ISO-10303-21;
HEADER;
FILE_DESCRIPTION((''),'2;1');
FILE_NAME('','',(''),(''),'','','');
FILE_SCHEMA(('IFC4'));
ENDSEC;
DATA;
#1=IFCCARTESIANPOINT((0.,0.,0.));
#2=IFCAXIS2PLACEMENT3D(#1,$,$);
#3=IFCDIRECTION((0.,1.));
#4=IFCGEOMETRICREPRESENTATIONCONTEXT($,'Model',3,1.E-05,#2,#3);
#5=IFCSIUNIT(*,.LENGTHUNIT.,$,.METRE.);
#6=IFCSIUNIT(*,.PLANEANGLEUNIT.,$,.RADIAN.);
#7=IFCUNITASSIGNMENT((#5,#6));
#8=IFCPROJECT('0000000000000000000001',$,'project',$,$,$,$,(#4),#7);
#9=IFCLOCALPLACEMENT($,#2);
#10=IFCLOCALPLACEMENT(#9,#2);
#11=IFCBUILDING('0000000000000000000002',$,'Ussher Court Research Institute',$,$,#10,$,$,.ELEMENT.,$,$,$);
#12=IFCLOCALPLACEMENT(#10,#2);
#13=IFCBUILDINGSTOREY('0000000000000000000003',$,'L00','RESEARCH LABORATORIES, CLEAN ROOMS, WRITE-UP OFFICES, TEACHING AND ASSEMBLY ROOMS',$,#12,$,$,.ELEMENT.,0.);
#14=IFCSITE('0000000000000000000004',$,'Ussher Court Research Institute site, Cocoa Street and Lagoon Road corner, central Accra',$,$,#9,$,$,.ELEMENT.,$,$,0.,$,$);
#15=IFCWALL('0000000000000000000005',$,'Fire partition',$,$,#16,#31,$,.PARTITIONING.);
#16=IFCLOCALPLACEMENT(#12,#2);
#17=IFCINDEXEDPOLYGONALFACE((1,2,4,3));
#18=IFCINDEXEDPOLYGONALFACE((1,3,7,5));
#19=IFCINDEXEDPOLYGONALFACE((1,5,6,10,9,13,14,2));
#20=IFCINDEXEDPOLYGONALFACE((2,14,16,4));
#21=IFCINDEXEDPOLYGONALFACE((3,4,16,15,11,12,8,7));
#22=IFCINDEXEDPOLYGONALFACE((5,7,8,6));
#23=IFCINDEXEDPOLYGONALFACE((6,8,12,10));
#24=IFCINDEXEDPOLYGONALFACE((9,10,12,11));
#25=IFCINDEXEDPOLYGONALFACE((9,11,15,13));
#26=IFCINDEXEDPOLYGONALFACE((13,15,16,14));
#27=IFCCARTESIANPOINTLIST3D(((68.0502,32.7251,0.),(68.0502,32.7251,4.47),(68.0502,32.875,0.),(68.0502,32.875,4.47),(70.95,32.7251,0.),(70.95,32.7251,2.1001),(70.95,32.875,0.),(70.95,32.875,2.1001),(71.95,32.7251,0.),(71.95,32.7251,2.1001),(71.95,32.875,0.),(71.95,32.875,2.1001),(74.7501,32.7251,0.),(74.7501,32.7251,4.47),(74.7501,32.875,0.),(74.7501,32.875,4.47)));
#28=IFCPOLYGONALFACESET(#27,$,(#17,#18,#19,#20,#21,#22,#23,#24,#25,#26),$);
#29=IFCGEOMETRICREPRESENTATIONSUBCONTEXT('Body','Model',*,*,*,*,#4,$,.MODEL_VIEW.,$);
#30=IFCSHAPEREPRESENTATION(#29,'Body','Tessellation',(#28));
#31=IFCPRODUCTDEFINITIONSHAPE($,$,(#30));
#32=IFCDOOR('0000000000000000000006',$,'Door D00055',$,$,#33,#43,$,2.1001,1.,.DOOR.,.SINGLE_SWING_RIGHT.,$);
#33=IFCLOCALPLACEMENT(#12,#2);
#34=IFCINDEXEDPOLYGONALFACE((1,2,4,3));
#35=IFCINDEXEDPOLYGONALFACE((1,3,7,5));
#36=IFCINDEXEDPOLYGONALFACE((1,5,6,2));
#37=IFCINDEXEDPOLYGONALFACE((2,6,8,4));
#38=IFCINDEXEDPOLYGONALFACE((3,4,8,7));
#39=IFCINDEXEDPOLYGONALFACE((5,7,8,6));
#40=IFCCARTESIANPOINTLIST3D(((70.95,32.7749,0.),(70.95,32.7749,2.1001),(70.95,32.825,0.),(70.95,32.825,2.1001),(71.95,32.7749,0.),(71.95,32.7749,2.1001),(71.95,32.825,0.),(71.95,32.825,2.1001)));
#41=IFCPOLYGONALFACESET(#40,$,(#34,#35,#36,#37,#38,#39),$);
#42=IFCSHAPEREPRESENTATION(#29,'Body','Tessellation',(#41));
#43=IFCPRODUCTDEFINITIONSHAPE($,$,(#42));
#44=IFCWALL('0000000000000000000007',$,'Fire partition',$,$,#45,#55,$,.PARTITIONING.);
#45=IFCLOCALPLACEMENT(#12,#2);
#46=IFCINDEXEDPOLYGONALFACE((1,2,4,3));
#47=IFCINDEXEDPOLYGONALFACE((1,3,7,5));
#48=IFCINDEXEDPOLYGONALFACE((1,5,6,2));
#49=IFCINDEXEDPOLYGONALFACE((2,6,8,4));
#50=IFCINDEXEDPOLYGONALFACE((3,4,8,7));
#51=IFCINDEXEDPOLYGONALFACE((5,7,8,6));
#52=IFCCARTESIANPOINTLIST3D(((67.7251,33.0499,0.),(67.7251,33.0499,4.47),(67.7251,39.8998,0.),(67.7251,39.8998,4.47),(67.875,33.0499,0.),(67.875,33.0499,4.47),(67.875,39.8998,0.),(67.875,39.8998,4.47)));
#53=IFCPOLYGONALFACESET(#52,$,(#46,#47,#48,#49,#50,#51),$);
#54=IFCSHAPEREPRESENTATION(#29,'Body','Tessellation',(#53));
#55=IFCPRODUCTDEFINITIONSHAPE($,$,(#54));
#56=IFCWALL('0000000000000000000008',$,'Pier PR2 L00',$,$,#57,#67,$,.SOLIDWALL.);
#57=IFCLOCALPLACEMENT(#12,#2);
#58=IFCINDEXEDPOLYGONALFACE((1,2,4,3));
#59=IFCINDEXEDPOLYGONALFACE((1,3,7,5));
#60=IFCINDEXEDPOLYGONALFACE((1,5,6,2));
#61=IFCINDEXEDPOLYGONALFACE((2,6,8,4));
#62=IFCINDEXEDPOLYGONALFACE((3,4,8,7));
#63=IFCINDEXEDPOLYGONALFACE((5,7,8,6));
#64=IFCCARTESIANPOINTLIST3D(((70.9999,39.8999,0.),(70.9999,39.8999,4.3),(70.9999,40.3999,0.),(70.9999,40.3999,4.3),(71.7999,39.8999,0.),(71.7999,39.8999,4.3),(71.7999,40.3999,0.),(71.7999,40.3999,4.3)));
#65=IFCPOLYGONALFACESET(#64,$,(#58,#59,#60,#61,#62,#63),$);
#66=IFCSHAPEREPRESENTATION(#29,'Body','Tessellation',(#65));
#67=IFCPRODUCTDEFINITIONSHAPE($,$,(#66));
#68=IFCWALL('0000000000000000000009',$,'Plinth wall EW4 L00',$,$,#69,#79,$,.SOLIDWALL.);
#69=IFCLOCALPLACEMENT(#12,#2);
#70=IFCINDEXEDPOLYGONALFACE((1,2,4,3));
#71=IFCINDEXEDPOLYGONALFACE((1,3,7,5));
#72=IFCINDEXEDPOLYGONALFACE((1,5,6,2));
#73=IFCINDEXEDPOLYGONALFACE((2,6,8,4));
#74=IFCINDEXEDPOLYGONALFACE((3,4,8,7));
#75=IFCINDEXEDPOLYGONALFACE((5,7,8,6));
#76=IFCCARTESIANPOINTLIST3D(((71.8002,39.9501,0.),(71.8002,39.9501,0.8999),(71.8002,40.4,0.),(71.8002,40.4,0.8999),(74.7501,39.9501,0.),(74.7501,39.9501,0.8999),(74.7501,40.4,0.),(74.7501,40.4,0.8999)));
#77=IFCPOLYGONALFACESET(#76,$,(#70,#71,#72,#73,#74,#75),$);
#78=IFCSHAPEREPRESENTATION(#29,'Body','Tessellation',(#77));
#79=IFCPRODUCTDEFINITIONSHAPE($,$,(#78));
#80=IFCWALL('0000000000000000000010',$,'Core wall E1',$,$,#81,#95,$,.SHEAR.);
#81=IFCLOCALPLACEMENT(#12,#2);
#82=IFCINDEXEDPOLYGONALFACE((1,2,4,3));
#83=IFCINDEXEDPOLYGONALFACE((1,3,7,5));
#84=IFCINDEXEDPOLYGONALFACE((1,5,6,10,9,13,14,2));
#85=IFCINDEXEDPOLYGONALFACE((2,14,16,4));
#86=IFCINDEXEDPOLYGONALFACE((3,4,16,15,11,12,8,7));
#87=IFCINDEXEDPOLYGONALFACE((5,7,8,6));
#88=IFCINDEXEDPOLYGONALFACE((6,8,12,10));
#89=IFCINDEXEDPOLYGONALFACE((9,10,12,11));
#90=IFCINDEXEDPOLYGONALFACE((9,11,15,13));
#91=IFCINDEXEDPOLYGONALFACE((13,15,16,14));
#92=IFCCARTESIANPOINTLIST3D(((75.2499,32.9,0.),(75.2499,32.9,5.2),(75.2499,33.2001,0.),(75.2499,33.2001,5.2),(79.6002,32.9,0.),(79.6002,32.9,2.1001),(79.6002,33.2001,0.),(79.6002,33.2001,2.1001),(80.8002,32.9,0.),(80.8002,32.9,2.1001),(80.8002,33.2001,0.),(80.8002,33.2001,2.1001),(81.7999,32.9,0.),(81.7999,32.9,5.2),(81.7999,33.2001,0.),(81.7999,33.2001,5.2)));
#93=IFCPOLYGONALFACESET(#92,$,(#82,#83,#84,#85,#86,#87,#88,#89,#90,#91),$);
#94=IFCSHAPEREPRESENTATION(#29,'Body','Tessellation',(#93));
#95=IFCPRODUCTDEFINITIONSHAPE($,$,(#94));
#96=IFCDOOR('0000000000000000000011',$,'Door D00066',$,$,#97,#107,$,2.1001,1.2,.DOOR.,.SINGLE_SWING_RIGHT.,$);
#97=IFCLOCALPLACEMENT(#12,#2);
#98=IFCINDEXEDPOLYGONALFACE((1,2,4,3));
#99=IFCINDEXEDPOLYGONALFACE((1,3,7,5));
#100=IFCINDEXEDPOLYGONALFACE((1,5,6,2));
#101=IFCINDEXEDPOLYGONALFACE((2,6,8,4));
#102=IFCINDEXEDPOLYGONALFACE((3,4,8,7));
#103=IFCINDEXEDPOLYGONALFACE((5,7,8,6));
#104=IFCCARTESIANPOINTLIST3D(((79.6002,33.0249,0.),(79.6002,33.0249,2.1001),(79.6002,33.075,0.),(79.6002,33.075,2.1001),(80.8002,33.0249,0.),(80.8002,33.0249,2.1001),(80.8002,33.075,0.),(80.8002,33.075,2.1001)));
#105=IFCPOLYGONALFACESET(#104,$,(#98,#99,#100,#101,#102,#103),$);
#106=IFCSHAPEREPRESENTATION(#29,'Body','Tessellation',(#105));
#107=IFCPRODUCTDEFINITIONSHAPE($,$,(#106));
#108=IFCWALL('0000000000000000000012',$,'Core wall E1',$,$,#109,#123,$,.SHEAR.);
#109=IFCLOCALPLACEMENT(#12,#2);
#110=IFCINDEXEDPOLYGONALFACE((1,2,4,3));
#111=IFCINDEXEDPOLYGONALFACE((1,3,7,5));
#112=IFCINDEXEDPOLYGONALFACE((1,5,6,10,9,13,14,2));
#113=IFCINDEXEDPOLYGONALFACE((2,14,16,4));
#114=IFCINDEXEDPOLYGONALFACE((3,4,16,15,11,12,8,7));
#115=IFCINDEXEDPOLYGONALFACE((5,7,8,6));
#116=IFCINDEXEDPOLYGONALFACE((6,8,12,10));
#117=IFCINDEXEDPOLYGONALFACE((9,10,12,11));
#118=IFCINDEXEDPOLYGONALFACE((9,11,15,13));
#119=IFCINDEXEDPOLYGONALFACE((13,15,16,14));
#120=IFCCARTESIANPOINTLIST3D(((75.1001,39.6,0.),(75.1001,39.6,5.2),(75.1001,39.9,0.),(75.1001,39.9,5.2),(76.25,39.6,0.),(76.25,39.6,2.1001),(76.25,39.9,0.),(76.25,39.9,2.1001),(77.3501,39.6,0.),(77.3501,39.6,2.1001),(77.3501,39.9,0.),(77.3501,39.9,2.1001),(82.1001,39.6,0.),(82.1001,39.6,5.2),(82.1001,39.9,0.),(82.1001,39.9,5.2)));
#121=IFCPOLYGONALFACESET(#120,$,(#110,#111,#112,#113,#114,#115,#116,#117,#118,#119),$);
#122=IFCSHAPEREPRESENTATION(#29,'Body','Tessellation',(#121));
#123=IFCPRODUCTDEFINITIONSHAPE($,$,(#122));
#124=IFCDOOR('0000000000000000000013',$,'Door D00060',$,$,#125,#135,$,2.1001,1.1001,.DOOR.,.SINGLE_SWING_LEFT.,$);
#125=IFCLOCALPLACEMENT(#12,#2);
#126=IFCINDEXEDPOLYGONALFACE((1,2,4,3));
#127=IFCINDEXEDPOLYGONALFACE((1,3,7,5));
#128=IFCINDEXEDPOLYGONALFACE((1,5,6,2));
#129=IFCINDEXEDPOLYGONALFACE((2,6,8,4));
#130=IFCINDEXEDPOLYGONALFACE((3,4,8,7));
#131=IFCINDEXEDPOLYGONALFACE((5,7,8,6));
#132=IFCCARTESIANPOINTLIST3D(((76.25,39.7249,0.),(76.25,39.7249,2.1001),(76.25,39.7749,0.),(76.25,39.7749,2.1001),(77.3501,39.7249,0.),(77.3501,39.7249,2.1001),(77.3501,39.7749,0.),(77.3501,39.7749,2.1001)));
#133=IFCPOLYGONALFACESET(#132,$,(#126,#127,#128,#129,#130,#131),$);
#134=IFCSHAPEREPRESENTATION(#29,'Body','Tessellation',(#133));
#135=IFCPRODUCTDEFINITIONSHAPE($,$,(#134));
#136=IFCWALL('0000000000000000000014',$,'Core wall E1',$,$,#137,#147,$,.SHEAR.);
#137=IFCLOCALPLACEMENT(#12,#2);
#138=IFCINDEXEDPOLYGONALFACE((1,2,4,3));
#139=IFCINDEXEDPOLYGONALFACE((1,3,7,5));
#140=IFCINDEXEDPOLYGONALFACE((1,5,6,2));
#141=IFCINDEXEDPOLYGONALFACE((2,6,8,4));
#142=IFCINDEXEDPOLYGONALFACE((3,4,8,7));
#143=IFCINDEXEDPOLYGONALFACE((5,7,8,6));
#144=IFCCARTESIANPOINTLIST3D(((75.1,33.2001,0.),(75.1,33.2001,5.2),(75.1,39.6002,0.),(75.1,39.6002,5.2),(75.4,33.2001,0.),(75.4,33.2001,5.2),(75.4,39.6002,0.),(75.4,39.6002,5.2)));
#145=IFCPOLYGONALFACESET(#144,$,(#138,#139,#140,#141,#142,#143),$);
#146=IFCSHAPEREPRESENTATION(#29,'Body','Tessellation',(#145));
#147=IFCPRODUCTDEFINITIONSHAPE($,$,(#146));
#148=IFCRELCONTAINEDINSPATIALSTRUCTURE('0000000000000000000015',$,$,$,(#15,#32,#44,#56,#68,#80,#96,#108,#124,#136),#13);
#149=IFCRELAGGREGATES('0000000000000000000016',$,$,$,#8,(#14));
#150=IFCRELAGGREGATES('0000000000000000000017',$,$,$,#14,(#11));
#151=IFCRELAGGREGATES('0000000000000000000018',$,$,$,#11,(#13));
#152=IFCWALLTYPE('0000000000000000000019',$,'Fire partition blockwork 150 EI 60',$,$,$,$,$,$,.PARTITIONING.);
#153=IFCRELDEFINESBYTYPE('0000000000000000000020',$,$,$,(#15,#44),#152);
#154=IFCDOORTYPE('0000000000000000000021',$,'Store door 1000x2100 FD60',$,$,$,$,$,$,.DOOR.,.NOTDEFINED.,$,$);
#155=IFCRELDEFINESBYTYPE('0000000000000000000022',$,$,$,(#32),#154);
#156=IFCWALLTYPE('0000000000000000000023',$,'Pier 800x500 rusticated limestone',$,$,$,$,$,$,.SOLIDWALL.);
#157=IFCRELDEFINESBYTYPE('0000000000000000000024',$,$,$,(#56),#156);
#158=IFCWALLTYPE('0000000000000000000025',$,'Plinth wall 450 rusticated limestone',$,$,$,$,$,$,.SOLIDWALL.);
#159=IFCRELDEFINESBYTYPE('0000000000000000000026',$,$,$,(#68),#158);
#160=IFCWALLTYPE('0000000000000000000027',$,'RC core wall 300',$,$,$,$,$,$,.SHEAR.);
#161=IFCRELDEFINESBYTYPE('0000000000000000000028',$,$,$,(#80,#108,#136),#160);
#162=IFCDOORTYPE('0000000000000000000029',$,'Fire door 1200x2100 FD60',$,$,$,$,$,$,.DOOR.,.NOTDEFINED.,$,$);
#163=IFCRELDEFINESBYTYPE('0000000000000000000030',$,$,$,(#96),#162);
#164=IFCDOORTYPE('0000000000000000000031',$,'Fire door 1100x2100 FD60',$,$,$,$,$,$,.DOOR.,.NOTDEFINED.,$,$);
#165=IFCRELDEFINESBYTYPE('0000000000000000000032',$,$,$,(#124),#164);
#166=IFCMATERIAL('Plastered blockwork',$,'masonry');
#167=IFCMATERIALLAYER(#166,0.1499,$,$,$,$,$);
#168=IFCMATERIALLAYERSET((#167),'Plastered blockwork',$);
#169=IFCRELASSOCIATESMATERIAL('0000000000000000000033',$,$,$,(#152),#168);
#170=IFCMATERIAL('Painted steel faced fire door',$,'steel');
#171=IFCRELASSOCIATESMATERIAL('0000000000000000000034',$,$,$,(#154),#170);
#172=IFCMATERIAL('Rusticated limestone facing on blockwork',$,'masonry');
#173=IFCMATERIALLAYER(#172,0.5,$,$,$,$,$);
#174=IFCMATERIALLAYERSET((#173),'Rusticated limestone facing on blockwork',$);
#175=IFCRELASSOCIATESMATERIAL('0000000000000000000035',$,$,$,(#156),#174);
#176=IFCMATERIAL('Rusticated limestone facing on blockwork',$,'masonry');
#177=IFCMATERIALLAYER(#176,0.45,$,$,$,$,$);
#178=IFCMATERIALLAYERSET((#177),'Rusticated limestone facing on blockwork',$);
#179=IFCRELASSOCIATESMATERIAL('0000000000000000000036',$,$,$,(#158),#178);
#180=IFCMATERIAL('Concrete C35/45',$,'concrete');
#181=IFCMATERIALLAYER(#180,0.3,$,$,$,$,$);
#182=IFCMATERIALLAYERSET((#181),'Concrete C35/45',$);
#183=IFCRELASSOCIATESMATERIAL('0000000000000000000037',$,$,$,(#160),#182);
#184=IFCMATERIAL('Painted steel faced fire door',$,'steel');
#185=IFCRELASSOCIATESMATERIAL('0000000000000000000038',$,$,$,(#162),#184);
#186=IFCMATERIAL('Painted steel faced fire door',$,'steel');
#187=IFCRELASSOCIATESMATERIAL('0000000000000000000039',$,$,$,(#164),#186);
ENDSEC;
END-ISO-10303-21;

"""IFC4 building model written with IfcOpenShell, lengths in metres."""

from ifc_helpers import new_model, si_unit, direction, frame, frame_2d, origin, place, context, subcontext, project, spatial, rectangle, extrude, material, layer, layer_set, type_object, element, fill, save


model = new_model("IFC4")

# Units and contexts
model_context = context("Model", 3, precision=1e-05, world=origin(), true_north=direction((0.0, 1.0)))
body_context = subcontext(model_context, "Body", "Model", "MODEL_VIEW")
ifc_project = project(units=[si_unit("LENGTHUNIT", "METRE"), si_unit("PLANEANGLEUNIT", "RADIAN")], contexts=[model_context])

# Site, building, storey
site_placement = place(None, origin())
site = spatial("IfcSite", under=ifc_project, at=site_placement, Name="Ussher Court Research Institute site, Cocoa Street and Lagoon Road corner, central Accra", CompositionType="ELEMENT", RefElevation=0.0)
building_placement = place(site_placement, origin())
building = spatial("IfcBuilding", under=site, at=building_placement, Name="Ussher Court Research Institute", CompositionType="ELEMENT")
storey_placement = place(building_placement, origin())
storey = spatial("IfcBuildingStorey", under=building, at=storey_placement, Name="L00", Description="RESEARCH LABORATORIES, CLEAN ROOMS, WRITE-UP OFFICES, TEACHING AND ASSEMBLY ROOMS", CompositionType="ELEMENT", Elevation=0.0)

# Wall, opening, door
ifc_material_1 = material(Name="Plastered blockwork", Category="masonry")
ifc_layer_1 = layer(ifc_material_1, 0.1499)
ifc_layer_set_1 = layer_set([ifc_layer_1], Name="Plastered blockwork")
wall_type_1 = type_object("IfcWallType", Name="Fire partition blockwork 150 EI 60", PredefinedType="PARTITIONING", material=ifc_layer_set_1)
wall_1_placement = place(storey_placement, frame((68.05, 32.8, 0.0), z_axis=(0.0, 0.0, 1.0), x_axis=(1.0, 0.0, 0.0)))
wall_1 = element("IfcWall", 1, at=wall_1_placement, inside=storey, type_object=wall_type_1, Name="Fire partition", PredefinedType="PARTITIONING", context=body_context, shape_type="SweptSolid", body=[
    extrude(rectangle(XDim=6.7, YDim=0.1499, at=frame_2d((3.3501, 0.0))), origin(), (0.0, 0.0, 1.0), 4.47),
])
opening_1_placement = place(wall_1_placement, frame((2.8999, 0.0, 0.0)))
opening_1 = element("IfcOpeningElement", 2, at=opening_1_placement, cuts=wall_1, PredefinedType="OPENING", context=body_context, shape_type="SweptSolid", body=[
    extrude(rectangle(XDim=1.0, YDim=2.1001, at=frame_2d((0.5, 1.05))), frame((0.0, 0.085, 0.0), z_axis=(0.0, -1.0, 0.0), x_axis=(1.0, 0.0, 0.0)), (0.0, 0.0, 1.0), 0.1699),
])
ifc_material_2 = material(Name="Painted steel faced fire door", Category="steel")
door_type_1 = type_object("IfcDoorType", Name="Store door 1000x2100 FD60", OperationType="NOTDEFINED", PredefinedType="DOOR", material=ifc_material_2)
door_1_placement = place(opening_1_placement, origin())
door_1 = element("IfcDoor", 3, at=door_1_placement, inside=storey, type_object=door_type_1, Name="Door D00055", OperationType="SINGLE_SWING_RIGHT", OverallHeight=2.1001, OverallWidth=1.0, PredefinedType="DOOR", context=body_context, shape_type="SweptSolid", body=[
    extrude(rectangle(XDim=1.0, YDim=2.1001, at=frame_2d((0.5, 1.05))), frame((0.0, 0.0249, 0.0), z_axis=(0.0, -1.0, 0.0), x_axis=(1.0, 0.0, 0.0)), (0.0, 0.0, 1.0), 0.05),
])
fill(opening_1, door_1)

# Walls
wall_2_placement = place(storey_placement, frame((67.8, 33.05, 0.0), z_axis=(0.0, 0.0, 1.0), x_axis=(0.0, 1.0, 0.0)))
element("IfcWall", 4, at=wall_2_placement, inside=storey, type_object=wall_type_1, Name="Fire partition", PredefinedType="PARTITIONING", context=body_context, shape_type="SweptSolid", body=[
    extrude(rectangle(XDim=6.8499, YDim=0.1499, at=frame_2d((3.4248, 0.0))), origin(), (0.0, 0.0, 1.0), 4.47),
])
ifc_material_3 = material(Name="Rusticated limestone facing on blockwork", Category="masonry")
ifc_layer_2 = layer(ifc_material_3, 0.5)
ifc_layer_set_2 = layer_set([ifc_layer_2], Name="Rusticated limestone facing on blockwork")
wall_type_2 = type_object("IfcWallType", Name="Pier 800x500 rusticated limestone", PredefinedType="SOLIDWALL", material=ifc_layer_set_2)
wall_3_placement = place(storey_placement, frame((71.0, 40.1499, 0.0), z_axis=(0.0, 0.0, 1.0), x_axis=(1.0, 0.0, 0.0)))
element("IfcWall", 5, at=wall_3_placement, inside=storey, type_object=wall_type_2, Name="Pier PR2 L00", PredefinedType="SOLIDWALL", context=body_context, shape_type="SweptSolid", body=[
    extrude(rectangle(XDim=0.8, YDim=0.5, at=frame_2d((0.3999, 0.0))), origin(), (0.0, 0.0, 1.0), 4.3),
])
ifc_material_4 = material(Name="Rusticated limestone facing on blockwork", Category="masonry")
ifc_layer_3 = layer(ifc_material_4, 0.45)
ifc_layer_set_3 = layer_set([ifc_layer_3], Name="Rusticated limestone facing on blockwork")
wall_type_3 = type_object("IfcWallType", Name="Plinth wall 450 rusticated limestone", PredefinedType="SOLIDWALL", material=ifc_layer_set_3)
wall_4_placement = place(storey_placement, frame((71.8, 40.175, 0.0), z_axis=(0.0, 0.0, 1.0), x_axis=(1.0, 0.0, 0.0)))
element("IfcWall", 6, at=wall_4_placement, inside=storey, type_object=wall_type_3, Name="Plinth wall EW4 L00", PredefinedType="SOLIDWALL", context=body_context, shape_type="SweptSolid", body=[
    extrude(rectangle(XDim=2.95, YDim=0.45, at=frame_2d((1.4751, 0.0))), origin(), (0.0, 0.0, 1.0), 0.8999),
])

# Walls, openings, doors
ifc_material_5 = material(Name="Concrete C35/45", Category="concrete")
ifc_layer_4 = layer(ifc_material_5, 0.3)
ifc_layer_set_4 = layer_set([ifc_layer_4], Name="Concrete C35/45")
wall_type_4 = type_object("IfcWallType", Name="RC core wall 300", PredefinedType="SHEAR", material=ifc_layer_set_4)
wall_5_placement = place(storey_placement, frame((75.25, 33.05, 0.0), z_axis=(0.0, 0.0, 1.0), x_axis=(1.0, 0.0, 0.0)))
wall_5 = element("IfcWall", 7, at=wall_5_placement, inside=storey, type_object=wall_type_4, Name="Core wall E1", PredefinedType="SHEAR", context=body_context, shape_type="SweptSolid", body=[
    extrude(rectangle(XDim=6.55, YDim=0.3, at=frame_2d((3.2749, 0.0))), origin(), (0.0, 0.0, 1.0), 5.2),
])
opening_2_placement = place(wall_5_placement, frame((4.3501, 0.0, 0.0)))
opening_2 = element("IfcOpeningElement", 8, at=opening_2_placement, cuts=wall_5, PredefinedType="OPENING", context=body_context, shape_type="SweptSolid", body=[
    extrude(rectangle(XDim=1.2, YDim=2.1001, at=frame_2d((0.6001, 1.05))), frame((0.0, 0.1602, 0.0), z_axis=(0.0, -1.0, 0.0), x_axis=(1.0, 0.0, 0.0)), (0.0, 0.0, 1.0), 0.3201),
])
ifc_material_6 = material(Name="Painted steel faced fire door", Category="steel")
door_type_2 = type_object("IfcDoorType", Name="Fire door 1200x2100 FD60", OperationType="NOTDEFINED", PredefinedType="DOOR", material=ifc_material_6)
door_2_placement = place(opening_2_placement, origin())
door_2 = element("IfcDoor", 9, at=door_2_placement, inside=storey, type_object=door_type_2, Name="Door D00066", OperationType="SINGLE_SWING_RIGHT", OverallHeight=2.1001, OverallWidth=1.2, PredefinedType="DOOR", context=body_context, shape_type="SweptSolid", body=[
    extrude(rectangle(XDim=1.2, YDim=2.1001, at=frame_2d((0.6001, 1.05))), frame((0.0, 0.0249, 0.0), z_axis=(0.0, -1.0, 0.0), x_axis=(1.0, 0.0, 0.0)), (0.0, 0.0, 1.0), 0.05),
])
fill(opening_2, door_2)
wall_6_placement = place(storey_placement, frame((75.1001, 39.75, 0.0), z_axis=(0.0, 0.0, 1.0), x_axis=(1.0, 0.0, 0.0)))
wall_6 = element("IfcWall", 10, at=wall_6_placement, inside=storey, type_object=wall_type_4, Name="Core wall E1", PredefinedType="SHEAR", context=body_context, shape_type="SweptSolid", body=[
    extrude(rectangle(XDim=7.0, YDim=0.3, at=frame_2d((3.5, 0.0))), origin(), (0.0, 0.0, 1.0), 5.2),
])
opening_3_placement = place(wall_6_placement, frame((1.1499, 0.0, 0.0)))
opening_3 = element("IfcOpeningElement", 11, at=opening_3_placement, cuts=wall_6, PredefinedType="OPENING", context=body_context, shape_type="SweptSolid", body=[
    extrude(rectangle(XDim=1.1001, YDim=2.1001, at=frame_2d((0.55, 1.05))), frame((0.0, 0.1602, 0.0), z_axis=(0.0, -1.0, 0.0), x_axis=(1.0, 0.0, 0.0)), (0.0, 0.0, 1.0), 0.3201),
])
ifc_material_7 = material(Name="Painted steel faced fire door", Category="steel")
door_type_3 = type_object("IfcDoorType", Name="Fire door 1100x2100 FD60", OperationType="NOTDEFINED", PredefinedType="DOOR", material=ifc_material_7)
door_3_placement = place(opening_3_placement, origin())
door_3 = element("IfcDoor", 12, at=door_3_placement, inside=storey, type_object=door_type_3, Name="Door D00060", OperationType="SINGLE_SWING_LEFT", OverallHeight=2.1001, OverallWidth=1.1001, PredefinedType="DOOR", context=body_context, shape_type="SweptSolid", body=[
    extrude(rectangle(XDim=1.1001, YDim=2.1001, at=frame_2d((0.55, 1.05))), frame((0.0, 0.0249, 0.0), z_axis=(0.0, -1.0, 0.0), x_axis=(1.0, 0.0, 0.0)), (0.0, 0.0, 1.0), 0.05),
])
fill(opening_3, door_3)

# Wall
wall_7_placement = place(storey_placement, frame((75.25, 33.2, 0.0), z_axis=(0.0, 0.0, 1.0), x_axis=(0.0, 1.0, 0.0)))
element("IfcWall", 13, at=wall_7_placement, inside=storey, type_object=wall_type_4, Name="Core wall E1", PredefinedType="SHEAR", context=body_context, shape_type="SweptSolid", body=[
    extrude(rectangle(XDim=6.4001, YDim=0.3, at=frame_2d((3.2002, 0.0))), origin(), (0.0, 0.0, 1.0), 5.2),
])

save(model, "model.ifc")
